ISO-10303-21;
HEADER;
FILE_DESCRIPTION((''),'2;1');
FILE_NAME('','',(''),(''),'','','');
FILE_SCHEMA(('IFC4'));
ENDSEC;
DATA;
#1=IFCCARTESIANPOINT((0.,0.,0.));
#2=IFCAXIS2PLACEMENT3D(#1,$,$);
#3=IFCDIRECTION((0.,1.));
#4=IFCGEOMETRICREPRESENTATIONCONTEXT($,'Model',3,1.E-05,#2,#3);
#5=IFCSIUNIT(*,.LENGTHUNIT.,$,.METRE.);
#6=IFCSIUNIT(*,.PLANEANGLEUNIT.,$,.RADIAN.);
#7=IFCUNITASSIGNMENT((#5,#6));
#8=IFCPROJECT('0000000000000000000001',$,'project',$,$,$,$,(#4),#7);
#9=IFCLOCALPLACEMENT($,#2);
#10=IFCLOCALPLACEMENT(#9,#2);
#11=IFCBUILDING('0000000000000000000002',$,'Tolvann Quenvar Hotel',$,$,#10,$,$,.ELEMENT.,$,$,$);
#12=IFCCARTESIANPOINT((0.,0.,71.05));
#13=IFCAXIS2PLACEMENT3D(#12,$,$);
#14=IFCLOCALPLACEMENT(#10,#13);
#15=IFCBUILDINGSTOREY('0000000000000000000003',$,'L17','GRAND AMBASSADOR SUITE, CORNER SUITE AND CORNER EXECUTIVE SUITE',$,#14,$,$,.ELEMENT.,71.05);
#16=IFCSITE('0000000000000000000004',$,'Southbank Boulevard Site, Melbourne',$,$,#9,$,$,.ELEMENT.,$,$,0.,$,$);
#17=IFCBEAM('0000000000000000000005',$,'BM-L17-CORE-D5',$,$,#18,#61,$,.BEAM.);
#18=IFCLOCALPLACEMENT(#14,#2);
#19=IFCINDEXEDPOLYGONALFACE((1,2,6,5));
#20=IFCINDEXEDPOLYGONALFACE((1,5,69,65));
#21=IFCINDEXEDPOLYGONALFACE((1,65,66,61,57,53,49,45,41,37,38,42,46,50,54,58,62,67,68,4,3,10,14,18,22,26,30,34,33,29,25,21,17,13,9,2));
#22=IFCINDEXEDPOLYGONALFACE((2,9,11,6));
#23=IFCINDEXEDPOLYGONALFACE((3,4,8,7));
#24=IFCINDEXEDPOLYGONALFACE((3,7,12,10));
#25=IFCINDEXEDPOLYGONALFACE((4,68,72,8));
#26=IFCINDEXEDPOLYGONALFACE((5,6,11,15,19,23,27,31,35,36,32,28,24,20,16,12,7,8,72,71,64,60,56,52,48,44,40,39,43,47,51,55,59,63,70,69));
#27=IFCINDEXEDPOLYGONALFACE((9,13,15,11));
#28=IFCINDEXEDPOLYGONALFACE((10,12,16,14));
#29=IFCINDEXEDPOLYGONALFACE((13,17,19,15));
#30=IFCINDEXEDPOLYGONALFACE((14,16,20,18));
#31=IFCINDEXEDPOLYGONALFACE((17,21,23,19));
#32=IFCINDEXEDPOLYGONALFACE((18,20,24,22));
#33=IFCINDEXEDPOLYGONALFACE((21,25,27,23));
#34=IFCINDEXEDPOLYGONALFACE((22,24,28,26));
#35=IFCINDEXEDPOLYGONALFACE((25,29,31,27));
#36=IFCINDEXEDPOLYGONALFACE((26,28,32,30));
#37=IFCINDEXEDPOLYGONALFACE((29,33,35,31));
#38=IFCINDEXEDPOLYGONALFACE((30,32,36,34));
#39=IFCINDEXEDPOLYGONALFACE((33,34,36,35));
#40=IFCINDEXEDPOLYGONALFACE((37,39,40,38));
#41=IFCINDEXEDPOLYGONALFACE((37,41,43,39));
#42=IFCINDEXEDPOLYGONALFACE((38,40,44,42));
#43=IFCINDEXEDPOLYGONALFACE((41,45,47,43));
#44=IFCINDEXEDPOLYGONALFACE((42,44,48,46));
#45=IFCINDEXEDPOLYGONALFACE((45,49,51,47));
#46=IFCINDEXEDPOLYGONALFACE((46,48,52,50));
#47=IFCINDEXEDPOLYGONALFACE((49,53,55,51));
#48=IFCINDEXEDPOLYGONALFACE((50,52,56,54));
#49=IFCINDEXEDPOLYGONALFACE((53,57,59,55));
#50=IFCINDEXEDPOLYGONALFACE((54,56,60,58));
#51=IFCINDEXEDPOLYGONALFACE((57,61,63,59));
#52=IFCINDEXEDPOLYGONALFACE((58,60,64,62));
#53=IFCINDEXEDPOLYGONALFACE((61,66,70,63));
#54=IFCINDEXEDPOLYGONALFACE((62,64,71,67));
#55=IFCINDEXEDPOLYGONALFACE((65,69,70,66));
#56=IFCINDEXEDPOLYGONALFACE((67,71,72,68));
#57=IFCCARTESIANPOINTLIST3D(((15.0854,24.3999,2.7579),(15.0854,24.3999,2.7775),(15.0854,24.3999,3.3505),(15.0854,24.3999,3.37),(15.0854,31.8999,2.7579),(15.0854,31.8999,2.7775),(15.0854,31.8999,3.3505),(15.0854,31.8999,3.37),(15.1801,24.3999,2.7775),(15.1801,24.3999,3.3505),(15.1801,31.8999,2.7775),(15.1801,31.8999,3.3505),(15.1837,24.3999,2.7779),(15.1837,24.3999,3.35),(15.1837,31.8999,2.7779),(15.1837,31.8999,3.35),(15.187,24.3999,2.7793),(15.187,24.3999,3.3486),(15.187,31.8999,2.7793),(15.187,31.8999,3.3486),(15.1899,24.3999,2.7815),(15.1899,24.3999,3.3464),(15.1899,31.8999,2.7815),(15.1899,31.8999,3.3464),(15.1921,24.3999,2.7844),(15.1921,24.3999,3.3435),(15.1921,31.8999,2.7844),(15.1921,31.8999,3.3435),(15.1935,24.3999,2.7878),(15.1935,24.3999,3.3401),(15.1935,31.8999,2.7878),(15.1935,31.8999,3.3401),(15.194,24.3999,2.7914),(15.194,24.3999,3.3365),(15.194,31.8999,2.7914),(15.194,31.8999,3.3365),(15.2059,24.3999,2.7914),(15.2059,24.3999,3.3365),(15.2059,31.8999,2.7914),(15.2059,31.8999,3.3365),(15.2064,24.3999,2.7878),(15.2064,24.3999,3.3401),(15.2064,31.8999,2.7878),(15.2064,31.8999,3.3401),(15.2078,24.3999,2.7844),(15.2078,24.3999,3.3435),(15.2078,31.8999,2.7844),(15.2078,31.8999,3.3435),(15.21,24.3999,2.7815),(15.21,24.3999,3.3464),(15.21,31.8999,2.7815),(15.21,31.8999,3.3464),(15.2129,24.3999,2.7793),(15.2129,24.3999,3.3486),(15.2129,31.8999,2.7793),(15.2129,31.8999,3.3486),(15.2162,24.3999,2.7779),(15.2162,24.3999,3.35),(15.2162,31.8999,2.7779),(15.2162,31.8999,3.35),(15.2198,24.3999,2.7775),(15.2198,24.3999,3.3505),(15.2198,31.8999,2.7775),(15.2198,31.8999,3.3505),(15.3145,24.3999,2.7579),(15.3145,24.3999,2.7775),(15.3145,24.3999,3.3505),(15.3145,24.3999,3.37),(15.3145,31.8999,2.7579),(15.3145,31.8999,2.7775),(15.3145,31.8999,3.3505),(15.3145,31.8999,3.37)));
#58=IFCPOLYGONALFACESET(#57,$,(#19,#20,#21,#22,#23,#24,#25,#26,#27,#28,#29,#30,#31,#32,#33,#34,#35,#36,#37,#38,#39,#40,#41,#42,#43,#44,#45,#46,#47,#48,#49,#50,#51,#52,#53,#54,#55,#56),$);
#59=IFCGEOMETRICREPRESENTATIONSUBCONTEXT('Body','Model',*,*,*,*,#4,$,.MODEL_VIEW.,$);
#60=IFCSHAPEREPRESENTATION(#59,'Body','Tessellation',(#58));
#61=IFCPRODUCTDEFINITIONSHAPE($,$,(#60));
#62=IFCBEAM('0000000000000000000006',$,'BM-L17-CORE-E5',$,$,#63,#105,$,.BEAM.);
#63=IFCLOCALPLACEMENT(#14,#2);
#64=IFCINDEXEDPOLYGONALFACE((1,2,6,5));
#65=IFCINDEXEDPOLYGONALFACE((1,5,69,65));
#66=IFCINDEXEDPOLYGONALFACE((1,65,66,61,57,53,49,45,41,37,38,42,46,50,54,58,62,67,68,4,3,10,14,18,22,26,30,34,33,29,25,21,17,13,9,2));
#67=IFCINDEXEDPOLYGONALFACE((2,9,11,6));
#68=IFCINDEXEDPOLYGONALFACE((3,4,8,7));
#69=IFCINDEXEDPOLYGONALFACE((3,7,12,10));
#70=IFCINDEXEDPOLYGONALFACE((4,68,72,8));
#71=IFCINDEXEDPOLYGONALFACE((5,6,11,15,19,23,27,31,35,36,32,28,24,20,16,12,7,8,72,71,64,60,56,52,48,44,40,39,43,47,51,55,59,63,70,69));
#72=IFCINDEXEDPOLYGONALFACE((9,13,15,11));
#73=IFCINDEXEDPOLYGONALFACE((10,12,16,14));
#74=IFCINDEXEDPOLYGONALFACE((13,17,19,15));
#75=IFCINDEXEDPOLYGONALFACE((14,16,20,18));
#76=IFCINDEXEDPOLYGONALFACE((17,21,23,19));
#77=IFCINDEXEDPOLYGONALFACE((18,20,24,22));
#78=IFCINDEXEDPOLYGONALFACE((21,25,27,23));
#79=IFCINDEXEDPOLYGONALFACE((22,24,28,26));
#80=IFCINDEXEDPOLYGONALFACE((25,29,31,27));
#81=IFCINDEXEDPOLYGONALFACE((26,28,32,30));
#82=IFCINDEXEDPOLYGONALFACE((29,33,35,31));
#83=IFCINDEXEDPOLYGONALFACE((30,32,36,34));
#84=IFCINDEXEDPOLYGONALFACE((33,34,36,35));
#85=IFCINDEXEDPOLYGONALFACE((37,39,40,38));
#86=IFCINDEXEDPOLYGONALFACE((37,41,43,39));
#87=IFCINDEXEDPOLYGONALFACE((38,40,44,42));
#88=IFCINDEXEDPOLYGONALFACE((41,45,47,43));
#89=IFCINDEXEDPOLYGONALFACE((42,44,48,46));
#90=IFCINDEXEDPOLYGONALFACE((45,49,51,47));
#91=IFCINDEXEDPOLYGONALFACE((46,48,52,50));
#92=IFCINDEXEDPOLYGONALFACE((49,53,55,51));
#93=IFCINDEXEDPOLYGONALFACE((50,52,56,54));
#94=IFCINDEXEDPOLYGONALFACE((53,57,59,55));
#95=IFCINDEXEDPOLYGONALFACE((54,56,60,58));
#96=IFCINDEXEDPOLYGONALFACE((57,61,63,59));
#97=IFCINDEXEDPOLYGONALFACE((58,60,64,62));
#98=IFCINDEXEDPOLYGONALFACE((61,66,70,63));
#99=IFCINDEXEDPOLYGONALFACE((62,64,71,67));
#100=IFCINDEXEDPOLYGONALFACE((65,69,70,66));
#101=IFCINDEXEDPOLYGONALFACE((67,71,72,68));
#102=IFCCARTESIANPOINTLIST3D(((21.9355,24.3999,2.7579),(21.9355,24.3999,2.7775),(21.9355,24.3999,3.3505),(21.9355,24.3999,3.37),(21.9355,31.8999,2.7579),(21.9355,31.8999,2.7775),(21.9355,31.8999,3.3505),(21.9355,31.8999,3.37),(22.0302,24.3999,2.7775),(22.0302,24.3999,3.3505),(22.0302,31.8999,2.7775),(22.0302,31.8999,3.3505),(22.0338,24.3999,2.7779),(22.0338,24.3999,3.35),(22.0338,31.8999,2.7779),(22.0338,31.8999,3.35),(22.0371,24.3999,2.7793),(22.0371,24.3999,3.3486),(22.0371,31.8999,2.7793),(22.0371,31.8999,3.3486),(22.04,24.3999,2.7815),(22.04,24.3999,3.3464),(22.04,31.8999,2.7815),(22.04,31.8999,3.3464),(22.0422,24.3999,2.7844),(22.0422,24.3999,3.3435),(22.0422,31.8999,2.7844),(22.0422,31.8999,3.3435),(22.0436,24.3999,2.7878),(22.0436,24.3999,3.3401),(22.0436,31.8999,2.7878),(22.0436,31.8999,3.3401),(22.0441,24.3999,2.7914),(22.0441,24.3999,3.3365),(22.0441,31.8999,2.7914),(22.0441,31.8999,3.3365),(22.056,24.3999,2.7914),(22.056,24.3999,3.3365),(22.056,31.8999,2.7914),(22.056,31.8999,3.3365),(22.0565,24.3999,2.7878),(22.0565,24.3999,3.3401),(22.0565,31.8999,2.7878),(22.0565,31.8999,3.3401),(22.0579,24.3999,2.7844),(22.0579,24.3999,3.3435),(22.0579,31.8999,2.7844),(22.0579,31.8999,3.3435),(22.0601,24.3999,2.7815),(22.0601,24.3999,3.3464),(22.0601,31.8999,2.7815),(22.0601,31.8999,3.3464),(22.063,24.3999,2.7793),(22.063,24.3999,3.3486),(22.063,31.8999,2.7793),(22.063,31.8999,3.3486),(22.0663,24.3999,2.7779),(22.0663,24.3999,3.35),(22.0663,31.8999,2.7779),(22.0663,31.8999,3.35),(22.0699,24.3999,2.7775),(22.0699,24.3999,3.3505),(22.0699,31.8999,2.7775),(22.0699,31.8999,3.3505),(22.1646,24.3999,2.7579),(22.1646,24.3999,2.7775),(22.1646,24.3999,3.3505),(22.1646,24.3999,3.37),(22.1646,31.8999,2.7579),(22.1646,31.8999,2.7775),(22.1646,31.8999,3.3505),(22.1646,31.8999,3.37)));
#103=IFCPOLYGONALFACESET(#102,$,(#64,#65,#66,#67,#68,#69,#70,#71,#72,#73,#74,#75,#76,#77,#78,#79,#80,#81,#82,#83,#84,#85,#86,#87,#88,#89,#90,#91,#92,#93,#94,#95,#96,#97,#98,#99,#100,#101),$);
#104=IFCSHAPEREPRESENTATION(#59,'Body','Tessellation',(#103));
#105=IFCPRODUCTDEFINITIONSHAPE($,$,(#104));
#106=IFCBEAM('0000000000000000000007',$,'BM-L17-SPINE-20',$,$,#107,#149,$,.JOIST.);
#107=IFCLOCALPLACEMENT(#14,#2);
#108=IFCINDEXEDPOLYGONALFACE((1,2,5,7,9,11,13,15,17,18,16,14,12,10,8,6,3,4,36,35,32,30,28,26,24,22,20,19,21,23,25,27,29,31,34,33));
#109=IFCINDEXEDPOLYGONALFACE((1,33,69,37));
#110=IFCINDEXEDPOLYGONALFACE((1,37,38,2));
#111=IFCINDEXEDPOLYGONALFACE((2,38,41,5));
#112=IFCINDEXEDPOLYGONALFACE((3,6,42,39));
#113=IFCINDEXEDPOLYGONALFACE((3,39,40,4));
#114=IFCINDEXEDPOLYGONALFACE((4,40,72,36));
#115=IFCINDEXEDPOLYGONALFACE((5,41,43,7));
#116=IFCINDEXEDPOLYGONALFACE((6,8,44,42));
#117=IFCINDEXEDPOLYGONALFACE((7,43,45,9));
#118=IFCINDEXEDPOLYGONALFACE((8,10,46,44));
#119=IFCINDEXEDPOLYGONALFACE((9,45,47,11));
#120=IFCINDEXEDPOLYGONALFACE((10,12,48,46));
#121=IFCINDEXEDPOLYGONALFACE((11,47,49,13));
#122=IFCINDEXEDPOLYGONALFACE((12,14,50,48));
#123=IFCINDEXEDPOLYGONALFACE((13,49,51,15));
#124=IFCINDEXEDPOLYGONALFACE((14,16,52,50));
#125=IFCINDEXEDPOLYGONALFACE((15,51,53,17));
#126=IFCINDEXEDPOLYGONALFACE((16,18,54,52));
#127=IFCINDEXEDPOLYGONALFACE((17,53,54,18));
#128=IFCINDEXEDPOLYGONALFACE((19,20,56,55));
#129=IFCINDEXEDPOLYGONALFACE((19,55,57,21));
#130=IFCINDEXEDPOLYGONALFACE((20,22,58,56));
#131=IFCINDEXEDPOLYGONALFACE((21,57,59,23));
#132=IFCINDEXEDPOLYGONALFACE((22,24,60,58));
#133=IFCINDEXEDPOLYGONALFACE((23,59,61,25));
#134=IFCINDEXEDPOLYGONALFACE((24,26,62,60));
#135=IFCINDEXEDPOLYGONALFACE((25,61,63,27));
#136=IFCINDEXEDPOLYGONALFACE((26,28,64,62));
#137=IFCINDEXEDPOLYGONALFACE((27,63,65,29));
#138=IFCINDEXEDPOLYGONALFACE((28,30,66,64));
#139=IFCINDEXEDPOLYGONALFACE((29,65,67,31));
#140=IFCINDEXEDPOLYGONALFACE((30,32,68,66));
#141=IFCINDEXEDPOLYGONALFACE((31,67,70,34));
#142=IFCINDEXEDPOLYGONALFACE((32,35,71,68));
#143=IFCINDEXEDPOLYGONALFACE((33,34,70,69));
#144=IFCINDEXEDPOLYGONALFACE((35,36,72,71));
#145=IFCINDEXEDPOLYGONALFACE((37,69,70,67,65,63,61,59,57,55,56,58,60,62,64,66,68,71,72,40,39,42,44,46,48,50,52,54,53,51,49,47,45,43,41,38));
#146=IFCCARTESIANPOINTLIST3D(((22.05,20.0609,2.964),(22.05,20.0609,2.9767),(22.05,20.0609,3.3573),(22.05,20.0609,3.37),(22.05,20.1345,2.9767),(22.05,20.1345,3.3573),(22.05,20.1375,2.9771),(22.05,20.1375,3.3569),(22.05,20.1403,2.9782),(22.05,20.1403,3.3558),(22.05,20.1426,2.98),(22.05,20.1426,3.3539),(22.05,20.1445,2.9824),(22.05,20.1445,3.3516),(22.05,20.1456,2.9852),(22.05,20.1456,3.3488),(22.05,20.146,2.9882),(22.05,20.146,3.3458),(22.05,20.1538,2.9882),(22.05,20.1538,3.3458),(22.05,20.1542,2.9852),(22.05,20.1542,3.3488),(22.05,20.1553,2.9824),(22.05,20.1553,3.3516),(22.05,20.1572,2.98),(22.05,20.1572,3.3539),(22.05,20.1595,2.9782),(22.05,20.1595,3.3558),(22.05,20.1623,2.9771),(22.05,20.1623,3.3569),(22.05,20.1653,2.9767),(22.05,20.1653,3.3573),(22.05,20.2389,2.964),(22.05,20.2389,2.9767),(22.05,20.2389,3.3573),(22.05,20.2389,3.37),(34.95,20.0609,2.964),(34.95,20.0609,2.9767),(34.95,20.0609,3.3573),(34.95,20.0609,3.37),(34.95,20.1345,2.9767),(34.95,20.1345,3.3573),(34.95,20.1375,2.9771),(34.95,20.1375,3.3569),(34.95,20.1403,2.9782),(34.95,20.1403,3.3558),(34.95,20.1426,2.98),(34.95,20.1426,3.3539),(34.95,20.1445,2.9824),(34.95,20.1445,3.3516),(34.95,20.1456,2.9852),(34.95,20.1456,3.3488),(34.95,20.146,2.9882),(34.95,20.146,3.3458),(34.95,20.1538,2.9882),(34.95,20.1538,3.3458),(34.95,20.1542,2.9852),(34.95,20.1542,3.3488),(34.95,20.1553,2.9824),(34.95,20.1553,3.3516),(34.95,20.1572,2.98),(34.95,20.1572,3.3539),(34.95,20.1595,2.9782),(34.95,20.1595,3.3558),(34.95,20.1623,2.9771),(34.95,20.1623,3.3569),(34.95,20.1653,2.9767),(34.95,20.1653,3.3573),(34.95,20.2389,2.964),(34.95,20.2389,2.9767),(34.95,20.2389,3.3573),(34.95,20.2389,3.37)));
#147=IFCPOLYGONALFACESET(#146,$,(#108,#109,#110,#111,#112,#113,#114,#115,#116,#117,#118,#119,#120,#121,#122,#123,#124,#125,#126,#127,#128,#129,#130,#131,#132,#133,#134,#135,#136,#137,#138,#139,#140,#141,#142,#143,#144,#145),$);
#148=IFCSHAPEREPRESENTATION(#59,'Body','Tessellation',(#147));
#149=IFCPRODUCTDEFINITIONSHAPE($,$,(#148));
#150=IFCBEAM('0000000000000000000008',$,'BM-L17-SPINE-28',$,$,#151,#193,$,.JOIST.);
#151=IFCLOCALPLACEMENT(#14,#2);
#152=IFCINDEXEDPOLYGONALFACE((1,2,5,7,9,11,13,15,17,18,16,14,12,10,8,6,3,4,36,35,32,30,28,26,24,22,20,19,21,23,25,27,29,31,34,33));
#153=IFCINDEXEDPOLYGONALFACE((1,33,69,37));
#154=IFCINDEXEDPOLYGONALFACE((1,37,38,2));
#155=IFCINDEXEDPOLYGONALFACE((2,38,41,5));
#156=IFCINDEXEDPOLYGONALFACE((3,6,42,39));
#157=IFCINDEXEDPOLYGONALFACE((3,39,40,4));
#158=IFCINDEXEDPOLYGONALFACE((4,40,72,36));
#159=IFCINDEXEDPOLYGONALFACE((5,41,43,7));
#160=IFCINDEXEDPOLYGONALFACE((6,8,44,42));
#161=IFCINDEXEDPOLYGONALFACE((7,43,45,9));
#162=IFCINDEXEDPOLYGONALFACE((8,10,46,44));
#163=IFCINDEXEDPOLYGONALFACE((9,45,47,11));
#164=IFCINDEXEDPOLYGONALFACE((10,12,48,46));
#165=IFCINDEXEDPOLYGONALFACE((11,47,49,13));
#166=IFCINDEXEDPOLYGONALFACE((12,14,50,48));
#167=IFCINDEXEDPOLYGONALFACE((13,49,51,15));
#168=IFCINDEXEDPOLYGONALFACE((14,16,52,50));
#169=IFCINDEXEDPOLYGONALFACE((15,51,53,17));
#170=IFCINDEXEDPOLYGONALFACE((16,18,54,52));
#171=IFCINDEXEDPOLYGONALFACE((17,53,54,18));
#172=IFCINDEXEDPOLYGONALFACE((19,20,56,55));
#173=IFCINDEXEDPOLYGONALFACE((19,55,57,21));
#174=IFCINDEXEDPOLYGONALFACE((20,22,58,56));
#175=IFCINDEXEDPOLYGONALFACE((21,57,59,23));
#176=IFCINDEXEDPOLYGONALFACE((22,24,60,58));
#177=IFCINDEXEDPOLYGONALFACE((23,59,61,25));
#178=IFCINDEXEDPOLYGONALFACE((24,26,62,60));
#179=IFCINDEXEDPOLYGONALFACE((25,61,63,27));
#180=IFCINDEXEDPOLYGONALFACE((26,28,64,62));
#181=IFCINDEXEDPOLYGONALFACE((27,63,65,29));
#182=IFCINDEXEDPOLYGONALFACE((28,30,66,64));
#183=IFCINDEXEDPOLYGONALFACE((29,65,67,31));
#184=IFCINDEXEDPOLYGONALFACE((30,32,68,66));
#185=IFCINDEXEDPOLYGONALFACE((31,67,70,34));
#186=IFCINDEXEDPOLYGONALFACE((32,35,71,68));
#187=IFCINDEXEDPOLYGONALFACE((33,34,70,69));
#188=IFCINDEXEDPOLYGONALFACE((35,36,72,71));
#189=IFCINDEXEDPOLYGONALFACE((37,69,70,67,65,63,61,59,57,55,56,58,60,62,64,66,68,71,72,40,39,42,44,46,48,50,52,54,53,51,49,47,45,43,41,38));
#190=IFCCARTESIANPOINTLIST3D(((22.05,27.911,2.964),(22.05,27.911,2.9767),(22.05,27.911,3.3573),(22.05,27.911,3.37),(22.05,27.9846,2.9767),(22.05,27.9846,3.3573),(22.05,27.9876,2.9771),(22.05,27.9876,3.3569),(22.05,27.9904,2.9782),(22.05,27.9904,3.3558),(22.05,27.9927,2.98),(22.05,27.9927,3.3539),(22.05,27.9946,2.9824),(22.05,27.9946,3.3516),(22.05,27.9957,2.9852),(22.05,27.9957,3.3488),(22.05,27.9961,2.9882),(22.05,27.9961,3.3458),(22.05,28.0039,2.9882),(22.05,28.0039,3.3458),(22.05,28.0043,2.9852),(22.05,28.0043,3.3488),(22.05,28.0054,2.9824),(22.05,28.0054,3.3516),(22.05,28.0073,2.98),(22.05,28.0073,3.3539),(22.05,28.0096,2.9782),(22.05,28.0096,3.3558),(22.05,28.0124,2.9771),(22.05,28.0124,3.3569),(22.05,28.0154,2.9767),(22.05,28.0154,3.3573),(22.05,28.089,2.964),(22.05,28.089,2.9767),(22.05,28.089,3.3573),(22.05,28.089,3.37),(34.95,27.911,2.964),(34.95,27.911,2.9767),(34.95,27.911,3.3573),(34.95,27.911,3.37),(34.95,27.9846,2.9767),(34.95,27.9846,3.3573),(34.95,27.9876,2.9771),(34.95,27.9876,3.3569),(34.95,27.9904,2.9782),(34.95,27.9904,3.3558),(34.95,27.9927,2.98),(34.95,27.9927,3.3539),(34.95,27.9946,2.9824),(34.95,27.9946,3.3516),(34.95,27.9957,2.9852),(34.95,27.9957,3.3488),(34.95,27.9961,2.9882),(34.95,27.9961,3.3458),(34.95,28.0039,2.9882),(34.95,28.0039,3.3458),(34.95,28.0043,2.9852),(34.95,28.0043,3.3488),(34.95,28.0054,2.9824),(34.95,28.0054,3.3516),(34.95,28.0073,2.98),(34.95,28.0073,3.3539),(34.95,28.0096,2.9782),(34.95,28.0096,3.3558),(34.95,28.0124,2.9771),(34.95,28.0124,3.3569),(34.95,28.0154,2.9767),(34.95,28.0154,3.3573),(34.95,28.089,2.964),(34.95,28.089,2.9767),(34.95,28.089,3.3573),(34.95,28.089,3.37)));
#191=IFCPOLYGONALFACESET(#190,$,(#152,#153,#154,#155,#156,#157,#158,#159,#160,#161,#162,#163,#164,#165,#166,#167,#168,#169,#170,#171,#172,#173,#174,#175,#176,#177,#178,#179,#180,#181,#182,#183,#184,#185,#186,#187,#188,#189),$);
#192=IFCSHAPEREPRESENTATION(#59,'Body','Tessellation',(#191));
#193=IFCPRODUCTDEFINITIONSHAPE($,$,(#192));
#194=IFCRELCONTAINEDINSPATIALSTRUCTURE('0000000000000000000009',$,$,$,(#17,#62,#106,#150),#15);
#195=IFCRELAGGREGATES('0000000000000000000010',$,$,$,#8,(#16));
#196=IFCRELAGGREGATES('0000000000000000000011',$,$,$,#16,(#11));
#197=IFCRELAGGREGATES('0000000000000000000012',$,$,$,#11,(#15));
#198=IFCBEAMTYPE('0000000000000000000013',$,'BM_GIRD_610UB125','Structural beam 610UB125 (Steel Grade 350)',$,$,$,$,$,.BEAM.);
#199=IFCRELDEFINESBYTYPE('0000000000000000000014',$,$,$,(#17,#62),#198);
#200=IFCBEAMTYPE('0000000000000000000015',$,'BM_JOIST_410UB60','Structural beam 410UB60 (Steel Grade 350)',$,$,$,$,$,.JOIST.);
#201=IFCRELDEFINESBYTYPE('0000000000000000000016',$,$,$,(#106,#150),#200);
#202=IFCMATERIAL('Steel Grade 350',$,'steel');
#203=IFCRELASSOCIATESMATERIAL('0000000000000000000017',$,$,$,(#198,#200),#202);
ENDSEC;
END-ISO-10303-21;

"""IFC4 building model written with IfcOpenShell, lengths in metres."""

from ifc_helpers import new_model, si_unit, direction, frame, origin, origin_2d, place, context, subcontext, project, spatial, i_section, extrude, source, transform, mapped, material, material_profile, profile_set, type_object, type_shapes, element, save


model = new_model("IFC4")

# Units and contexts
model_context = context("Model", 3, precision=1e-05, world=origin(), true_north=direction((0.0, 1.0)))
body_context = subcontext(model_context, "Body", "Model", "MODEL_VIEW")
ifc_project = project(units=[si_unit("LENGTHUNIT", "METRE"), si_unit("PLANEANGLEUNIT", "RADIAN")], contexts=[model_context])

# Site, building, storey
site_placement = place(None, origin())
site = spatial("IfcSite", under=ifc_project, at=site_placement, Name="Southbank Boulevard Site, Melbourne", CompositionType="ELEMENT", RefElevation=0.0)
building_placement = place(site_placement, origin())
building = spatial("IfcBuilding", under=site, at=building_placement, Name="Tolvann Quenvar Hotel", CompositionType="ELEMENT")
storey_placement = place(building_placement, frame((0.0, 0.0, 71.05)))
storey = spatial("IfcBuildingStorey", under=building, at=storey_placement, Name="L17", Description="GRAND AMBASSADOR SUITE, CORNER SUITE AND CORNER EXECUTIVE SUITE", CompositionType="ELEMENT", Elevation=71.05)

# Shared definitions
ifc_material_1 = material(Name="Steel Grade 350", Category="steel")

# Beams
ifc_material_profile_1 = material_profile(ifc_material_1, i_section(OverallWidth=0.229, OverallDepth=0.6121, WebThickness=0.012, FlangeThickness=0.0195, FilletRadius=0.0139, at=origin_2d()), Name="610UB125")
ifc_profile_set_1 = profile_set([ifc_material_profile_1], Name="Steel Grade 350")
beam_type_1 = type_object("IfcBeamType", Name="BM_GIRD_610UB125", Description="Structural beam 610UB125 (Steel Grade 350)", PredefinedType="BEAM", material=ifc_profile_set_1)
shared_shape_1 = source(origin(), body_context, "Body", "SweptSolid", [
    extrude(i_section(OverallWidth=0.229, OverallDepth=0.6121, WebThickness=0.012, FlangeThickness=0.0195, FilletRadius=0.0139, at=origin_2d()), origin(), (0.0, 0.0, 1.0), 7.5),
])
for number, where, z_axis, x_axis, name in (
    (1, (15.2, 24.3999, 3.064), (0.0, 1.0, 0.0), (-1.0, 0.0, 0.0), "BM-L17-CORE-D5"),
    (2, (22.05, 24.3999, 3.064), (0.0, 1.0, 0.0), (-1.0, 0.0, 0.0), "BM-L17-CORE-E5"),
):
    element("IfcBeam", number, at=place(storey_placement, frame(where, z_axis=z_axis, x_axis=x_axis)), inside=storey, type_object=beam_type_1, Name=name, PredefinedType="BEAM", context=body_context, shape_type="MappedRepresentation", body=[
        mapped(shared_shape_1, transform((0.0, 0.0, 0.0), x_axis=(1.0, 0.0, 0.0), y_axis=(0.0, 1.0, 0.0), z_axis=(0.0, 0.0, 1.0), scale=1.0)),
    ])
ifc_material_profile_2 = material_profile(ifc_material_1, i_section(OverallWidth=0.178, OverallDepth=0.406, WebThickness=0.0078, FlangeThickness=0.0127, FilletRadius=0.0115, at=origin_2d()), Name="410UB60")
ifc_profile_set_2 = profile_set([ifc_material_profile_2], Name="Steel Grade 350")
beam_type_2 = type_object("IfcBeamType", Name="BM_JOIST_410UB60", Description="Structural beam 410UB60 (Steel Grade 350)", PredefinedType="JOIST", material=ifc_profile_set_2)
shared_shape_2 = source(origin(), body_context, "Body", "SweptSolid", [
    extrude(i_section(OverallWidth=0.178, OverallDepth=0.406, WebThickness=0.0078, FlangeThickness=0.0127, FilletRadius=0.0115, at=origin_2d()), origin(), (0.0, 0.0, 1.0), 12.8999),
])
type_shapes(beam_type_2, [shared_shape_2])
for number, where, z_axis, x_axis, name in (
    (3, (22.05, 20.1499, 3.167), (1.0, 0.0, 0.0), (0.0, 1.0, 0.0), "BM-L17-SPINE-20"),
    (4, (22.05, 28.0, 3.167), (1.0, 0.0, 0.0), (0.0, 1.0, 0.0), "BM-L17-SPINE-28"),
):
    element("IfcBeam", number, at=place(storey_placement, frame(where, z_axis=z_axis, x_axis=x_axis)), inside=storey, type_object=beam_type_2, Name=name, PredefinedType="JOIST", context=body_context, shape_type="MappedRepresentation", body=[
        mapped(shared_shape_2, transform((0.0, 0.0, 0.0), x_axis=(1.0, 0.0, 0.0), y_axis=(0.0, 1.0, 0.0), z_axis=(0.0, 0.0, 1.0), scale=1.0)),
    ])

save(model, "model.ifc")
